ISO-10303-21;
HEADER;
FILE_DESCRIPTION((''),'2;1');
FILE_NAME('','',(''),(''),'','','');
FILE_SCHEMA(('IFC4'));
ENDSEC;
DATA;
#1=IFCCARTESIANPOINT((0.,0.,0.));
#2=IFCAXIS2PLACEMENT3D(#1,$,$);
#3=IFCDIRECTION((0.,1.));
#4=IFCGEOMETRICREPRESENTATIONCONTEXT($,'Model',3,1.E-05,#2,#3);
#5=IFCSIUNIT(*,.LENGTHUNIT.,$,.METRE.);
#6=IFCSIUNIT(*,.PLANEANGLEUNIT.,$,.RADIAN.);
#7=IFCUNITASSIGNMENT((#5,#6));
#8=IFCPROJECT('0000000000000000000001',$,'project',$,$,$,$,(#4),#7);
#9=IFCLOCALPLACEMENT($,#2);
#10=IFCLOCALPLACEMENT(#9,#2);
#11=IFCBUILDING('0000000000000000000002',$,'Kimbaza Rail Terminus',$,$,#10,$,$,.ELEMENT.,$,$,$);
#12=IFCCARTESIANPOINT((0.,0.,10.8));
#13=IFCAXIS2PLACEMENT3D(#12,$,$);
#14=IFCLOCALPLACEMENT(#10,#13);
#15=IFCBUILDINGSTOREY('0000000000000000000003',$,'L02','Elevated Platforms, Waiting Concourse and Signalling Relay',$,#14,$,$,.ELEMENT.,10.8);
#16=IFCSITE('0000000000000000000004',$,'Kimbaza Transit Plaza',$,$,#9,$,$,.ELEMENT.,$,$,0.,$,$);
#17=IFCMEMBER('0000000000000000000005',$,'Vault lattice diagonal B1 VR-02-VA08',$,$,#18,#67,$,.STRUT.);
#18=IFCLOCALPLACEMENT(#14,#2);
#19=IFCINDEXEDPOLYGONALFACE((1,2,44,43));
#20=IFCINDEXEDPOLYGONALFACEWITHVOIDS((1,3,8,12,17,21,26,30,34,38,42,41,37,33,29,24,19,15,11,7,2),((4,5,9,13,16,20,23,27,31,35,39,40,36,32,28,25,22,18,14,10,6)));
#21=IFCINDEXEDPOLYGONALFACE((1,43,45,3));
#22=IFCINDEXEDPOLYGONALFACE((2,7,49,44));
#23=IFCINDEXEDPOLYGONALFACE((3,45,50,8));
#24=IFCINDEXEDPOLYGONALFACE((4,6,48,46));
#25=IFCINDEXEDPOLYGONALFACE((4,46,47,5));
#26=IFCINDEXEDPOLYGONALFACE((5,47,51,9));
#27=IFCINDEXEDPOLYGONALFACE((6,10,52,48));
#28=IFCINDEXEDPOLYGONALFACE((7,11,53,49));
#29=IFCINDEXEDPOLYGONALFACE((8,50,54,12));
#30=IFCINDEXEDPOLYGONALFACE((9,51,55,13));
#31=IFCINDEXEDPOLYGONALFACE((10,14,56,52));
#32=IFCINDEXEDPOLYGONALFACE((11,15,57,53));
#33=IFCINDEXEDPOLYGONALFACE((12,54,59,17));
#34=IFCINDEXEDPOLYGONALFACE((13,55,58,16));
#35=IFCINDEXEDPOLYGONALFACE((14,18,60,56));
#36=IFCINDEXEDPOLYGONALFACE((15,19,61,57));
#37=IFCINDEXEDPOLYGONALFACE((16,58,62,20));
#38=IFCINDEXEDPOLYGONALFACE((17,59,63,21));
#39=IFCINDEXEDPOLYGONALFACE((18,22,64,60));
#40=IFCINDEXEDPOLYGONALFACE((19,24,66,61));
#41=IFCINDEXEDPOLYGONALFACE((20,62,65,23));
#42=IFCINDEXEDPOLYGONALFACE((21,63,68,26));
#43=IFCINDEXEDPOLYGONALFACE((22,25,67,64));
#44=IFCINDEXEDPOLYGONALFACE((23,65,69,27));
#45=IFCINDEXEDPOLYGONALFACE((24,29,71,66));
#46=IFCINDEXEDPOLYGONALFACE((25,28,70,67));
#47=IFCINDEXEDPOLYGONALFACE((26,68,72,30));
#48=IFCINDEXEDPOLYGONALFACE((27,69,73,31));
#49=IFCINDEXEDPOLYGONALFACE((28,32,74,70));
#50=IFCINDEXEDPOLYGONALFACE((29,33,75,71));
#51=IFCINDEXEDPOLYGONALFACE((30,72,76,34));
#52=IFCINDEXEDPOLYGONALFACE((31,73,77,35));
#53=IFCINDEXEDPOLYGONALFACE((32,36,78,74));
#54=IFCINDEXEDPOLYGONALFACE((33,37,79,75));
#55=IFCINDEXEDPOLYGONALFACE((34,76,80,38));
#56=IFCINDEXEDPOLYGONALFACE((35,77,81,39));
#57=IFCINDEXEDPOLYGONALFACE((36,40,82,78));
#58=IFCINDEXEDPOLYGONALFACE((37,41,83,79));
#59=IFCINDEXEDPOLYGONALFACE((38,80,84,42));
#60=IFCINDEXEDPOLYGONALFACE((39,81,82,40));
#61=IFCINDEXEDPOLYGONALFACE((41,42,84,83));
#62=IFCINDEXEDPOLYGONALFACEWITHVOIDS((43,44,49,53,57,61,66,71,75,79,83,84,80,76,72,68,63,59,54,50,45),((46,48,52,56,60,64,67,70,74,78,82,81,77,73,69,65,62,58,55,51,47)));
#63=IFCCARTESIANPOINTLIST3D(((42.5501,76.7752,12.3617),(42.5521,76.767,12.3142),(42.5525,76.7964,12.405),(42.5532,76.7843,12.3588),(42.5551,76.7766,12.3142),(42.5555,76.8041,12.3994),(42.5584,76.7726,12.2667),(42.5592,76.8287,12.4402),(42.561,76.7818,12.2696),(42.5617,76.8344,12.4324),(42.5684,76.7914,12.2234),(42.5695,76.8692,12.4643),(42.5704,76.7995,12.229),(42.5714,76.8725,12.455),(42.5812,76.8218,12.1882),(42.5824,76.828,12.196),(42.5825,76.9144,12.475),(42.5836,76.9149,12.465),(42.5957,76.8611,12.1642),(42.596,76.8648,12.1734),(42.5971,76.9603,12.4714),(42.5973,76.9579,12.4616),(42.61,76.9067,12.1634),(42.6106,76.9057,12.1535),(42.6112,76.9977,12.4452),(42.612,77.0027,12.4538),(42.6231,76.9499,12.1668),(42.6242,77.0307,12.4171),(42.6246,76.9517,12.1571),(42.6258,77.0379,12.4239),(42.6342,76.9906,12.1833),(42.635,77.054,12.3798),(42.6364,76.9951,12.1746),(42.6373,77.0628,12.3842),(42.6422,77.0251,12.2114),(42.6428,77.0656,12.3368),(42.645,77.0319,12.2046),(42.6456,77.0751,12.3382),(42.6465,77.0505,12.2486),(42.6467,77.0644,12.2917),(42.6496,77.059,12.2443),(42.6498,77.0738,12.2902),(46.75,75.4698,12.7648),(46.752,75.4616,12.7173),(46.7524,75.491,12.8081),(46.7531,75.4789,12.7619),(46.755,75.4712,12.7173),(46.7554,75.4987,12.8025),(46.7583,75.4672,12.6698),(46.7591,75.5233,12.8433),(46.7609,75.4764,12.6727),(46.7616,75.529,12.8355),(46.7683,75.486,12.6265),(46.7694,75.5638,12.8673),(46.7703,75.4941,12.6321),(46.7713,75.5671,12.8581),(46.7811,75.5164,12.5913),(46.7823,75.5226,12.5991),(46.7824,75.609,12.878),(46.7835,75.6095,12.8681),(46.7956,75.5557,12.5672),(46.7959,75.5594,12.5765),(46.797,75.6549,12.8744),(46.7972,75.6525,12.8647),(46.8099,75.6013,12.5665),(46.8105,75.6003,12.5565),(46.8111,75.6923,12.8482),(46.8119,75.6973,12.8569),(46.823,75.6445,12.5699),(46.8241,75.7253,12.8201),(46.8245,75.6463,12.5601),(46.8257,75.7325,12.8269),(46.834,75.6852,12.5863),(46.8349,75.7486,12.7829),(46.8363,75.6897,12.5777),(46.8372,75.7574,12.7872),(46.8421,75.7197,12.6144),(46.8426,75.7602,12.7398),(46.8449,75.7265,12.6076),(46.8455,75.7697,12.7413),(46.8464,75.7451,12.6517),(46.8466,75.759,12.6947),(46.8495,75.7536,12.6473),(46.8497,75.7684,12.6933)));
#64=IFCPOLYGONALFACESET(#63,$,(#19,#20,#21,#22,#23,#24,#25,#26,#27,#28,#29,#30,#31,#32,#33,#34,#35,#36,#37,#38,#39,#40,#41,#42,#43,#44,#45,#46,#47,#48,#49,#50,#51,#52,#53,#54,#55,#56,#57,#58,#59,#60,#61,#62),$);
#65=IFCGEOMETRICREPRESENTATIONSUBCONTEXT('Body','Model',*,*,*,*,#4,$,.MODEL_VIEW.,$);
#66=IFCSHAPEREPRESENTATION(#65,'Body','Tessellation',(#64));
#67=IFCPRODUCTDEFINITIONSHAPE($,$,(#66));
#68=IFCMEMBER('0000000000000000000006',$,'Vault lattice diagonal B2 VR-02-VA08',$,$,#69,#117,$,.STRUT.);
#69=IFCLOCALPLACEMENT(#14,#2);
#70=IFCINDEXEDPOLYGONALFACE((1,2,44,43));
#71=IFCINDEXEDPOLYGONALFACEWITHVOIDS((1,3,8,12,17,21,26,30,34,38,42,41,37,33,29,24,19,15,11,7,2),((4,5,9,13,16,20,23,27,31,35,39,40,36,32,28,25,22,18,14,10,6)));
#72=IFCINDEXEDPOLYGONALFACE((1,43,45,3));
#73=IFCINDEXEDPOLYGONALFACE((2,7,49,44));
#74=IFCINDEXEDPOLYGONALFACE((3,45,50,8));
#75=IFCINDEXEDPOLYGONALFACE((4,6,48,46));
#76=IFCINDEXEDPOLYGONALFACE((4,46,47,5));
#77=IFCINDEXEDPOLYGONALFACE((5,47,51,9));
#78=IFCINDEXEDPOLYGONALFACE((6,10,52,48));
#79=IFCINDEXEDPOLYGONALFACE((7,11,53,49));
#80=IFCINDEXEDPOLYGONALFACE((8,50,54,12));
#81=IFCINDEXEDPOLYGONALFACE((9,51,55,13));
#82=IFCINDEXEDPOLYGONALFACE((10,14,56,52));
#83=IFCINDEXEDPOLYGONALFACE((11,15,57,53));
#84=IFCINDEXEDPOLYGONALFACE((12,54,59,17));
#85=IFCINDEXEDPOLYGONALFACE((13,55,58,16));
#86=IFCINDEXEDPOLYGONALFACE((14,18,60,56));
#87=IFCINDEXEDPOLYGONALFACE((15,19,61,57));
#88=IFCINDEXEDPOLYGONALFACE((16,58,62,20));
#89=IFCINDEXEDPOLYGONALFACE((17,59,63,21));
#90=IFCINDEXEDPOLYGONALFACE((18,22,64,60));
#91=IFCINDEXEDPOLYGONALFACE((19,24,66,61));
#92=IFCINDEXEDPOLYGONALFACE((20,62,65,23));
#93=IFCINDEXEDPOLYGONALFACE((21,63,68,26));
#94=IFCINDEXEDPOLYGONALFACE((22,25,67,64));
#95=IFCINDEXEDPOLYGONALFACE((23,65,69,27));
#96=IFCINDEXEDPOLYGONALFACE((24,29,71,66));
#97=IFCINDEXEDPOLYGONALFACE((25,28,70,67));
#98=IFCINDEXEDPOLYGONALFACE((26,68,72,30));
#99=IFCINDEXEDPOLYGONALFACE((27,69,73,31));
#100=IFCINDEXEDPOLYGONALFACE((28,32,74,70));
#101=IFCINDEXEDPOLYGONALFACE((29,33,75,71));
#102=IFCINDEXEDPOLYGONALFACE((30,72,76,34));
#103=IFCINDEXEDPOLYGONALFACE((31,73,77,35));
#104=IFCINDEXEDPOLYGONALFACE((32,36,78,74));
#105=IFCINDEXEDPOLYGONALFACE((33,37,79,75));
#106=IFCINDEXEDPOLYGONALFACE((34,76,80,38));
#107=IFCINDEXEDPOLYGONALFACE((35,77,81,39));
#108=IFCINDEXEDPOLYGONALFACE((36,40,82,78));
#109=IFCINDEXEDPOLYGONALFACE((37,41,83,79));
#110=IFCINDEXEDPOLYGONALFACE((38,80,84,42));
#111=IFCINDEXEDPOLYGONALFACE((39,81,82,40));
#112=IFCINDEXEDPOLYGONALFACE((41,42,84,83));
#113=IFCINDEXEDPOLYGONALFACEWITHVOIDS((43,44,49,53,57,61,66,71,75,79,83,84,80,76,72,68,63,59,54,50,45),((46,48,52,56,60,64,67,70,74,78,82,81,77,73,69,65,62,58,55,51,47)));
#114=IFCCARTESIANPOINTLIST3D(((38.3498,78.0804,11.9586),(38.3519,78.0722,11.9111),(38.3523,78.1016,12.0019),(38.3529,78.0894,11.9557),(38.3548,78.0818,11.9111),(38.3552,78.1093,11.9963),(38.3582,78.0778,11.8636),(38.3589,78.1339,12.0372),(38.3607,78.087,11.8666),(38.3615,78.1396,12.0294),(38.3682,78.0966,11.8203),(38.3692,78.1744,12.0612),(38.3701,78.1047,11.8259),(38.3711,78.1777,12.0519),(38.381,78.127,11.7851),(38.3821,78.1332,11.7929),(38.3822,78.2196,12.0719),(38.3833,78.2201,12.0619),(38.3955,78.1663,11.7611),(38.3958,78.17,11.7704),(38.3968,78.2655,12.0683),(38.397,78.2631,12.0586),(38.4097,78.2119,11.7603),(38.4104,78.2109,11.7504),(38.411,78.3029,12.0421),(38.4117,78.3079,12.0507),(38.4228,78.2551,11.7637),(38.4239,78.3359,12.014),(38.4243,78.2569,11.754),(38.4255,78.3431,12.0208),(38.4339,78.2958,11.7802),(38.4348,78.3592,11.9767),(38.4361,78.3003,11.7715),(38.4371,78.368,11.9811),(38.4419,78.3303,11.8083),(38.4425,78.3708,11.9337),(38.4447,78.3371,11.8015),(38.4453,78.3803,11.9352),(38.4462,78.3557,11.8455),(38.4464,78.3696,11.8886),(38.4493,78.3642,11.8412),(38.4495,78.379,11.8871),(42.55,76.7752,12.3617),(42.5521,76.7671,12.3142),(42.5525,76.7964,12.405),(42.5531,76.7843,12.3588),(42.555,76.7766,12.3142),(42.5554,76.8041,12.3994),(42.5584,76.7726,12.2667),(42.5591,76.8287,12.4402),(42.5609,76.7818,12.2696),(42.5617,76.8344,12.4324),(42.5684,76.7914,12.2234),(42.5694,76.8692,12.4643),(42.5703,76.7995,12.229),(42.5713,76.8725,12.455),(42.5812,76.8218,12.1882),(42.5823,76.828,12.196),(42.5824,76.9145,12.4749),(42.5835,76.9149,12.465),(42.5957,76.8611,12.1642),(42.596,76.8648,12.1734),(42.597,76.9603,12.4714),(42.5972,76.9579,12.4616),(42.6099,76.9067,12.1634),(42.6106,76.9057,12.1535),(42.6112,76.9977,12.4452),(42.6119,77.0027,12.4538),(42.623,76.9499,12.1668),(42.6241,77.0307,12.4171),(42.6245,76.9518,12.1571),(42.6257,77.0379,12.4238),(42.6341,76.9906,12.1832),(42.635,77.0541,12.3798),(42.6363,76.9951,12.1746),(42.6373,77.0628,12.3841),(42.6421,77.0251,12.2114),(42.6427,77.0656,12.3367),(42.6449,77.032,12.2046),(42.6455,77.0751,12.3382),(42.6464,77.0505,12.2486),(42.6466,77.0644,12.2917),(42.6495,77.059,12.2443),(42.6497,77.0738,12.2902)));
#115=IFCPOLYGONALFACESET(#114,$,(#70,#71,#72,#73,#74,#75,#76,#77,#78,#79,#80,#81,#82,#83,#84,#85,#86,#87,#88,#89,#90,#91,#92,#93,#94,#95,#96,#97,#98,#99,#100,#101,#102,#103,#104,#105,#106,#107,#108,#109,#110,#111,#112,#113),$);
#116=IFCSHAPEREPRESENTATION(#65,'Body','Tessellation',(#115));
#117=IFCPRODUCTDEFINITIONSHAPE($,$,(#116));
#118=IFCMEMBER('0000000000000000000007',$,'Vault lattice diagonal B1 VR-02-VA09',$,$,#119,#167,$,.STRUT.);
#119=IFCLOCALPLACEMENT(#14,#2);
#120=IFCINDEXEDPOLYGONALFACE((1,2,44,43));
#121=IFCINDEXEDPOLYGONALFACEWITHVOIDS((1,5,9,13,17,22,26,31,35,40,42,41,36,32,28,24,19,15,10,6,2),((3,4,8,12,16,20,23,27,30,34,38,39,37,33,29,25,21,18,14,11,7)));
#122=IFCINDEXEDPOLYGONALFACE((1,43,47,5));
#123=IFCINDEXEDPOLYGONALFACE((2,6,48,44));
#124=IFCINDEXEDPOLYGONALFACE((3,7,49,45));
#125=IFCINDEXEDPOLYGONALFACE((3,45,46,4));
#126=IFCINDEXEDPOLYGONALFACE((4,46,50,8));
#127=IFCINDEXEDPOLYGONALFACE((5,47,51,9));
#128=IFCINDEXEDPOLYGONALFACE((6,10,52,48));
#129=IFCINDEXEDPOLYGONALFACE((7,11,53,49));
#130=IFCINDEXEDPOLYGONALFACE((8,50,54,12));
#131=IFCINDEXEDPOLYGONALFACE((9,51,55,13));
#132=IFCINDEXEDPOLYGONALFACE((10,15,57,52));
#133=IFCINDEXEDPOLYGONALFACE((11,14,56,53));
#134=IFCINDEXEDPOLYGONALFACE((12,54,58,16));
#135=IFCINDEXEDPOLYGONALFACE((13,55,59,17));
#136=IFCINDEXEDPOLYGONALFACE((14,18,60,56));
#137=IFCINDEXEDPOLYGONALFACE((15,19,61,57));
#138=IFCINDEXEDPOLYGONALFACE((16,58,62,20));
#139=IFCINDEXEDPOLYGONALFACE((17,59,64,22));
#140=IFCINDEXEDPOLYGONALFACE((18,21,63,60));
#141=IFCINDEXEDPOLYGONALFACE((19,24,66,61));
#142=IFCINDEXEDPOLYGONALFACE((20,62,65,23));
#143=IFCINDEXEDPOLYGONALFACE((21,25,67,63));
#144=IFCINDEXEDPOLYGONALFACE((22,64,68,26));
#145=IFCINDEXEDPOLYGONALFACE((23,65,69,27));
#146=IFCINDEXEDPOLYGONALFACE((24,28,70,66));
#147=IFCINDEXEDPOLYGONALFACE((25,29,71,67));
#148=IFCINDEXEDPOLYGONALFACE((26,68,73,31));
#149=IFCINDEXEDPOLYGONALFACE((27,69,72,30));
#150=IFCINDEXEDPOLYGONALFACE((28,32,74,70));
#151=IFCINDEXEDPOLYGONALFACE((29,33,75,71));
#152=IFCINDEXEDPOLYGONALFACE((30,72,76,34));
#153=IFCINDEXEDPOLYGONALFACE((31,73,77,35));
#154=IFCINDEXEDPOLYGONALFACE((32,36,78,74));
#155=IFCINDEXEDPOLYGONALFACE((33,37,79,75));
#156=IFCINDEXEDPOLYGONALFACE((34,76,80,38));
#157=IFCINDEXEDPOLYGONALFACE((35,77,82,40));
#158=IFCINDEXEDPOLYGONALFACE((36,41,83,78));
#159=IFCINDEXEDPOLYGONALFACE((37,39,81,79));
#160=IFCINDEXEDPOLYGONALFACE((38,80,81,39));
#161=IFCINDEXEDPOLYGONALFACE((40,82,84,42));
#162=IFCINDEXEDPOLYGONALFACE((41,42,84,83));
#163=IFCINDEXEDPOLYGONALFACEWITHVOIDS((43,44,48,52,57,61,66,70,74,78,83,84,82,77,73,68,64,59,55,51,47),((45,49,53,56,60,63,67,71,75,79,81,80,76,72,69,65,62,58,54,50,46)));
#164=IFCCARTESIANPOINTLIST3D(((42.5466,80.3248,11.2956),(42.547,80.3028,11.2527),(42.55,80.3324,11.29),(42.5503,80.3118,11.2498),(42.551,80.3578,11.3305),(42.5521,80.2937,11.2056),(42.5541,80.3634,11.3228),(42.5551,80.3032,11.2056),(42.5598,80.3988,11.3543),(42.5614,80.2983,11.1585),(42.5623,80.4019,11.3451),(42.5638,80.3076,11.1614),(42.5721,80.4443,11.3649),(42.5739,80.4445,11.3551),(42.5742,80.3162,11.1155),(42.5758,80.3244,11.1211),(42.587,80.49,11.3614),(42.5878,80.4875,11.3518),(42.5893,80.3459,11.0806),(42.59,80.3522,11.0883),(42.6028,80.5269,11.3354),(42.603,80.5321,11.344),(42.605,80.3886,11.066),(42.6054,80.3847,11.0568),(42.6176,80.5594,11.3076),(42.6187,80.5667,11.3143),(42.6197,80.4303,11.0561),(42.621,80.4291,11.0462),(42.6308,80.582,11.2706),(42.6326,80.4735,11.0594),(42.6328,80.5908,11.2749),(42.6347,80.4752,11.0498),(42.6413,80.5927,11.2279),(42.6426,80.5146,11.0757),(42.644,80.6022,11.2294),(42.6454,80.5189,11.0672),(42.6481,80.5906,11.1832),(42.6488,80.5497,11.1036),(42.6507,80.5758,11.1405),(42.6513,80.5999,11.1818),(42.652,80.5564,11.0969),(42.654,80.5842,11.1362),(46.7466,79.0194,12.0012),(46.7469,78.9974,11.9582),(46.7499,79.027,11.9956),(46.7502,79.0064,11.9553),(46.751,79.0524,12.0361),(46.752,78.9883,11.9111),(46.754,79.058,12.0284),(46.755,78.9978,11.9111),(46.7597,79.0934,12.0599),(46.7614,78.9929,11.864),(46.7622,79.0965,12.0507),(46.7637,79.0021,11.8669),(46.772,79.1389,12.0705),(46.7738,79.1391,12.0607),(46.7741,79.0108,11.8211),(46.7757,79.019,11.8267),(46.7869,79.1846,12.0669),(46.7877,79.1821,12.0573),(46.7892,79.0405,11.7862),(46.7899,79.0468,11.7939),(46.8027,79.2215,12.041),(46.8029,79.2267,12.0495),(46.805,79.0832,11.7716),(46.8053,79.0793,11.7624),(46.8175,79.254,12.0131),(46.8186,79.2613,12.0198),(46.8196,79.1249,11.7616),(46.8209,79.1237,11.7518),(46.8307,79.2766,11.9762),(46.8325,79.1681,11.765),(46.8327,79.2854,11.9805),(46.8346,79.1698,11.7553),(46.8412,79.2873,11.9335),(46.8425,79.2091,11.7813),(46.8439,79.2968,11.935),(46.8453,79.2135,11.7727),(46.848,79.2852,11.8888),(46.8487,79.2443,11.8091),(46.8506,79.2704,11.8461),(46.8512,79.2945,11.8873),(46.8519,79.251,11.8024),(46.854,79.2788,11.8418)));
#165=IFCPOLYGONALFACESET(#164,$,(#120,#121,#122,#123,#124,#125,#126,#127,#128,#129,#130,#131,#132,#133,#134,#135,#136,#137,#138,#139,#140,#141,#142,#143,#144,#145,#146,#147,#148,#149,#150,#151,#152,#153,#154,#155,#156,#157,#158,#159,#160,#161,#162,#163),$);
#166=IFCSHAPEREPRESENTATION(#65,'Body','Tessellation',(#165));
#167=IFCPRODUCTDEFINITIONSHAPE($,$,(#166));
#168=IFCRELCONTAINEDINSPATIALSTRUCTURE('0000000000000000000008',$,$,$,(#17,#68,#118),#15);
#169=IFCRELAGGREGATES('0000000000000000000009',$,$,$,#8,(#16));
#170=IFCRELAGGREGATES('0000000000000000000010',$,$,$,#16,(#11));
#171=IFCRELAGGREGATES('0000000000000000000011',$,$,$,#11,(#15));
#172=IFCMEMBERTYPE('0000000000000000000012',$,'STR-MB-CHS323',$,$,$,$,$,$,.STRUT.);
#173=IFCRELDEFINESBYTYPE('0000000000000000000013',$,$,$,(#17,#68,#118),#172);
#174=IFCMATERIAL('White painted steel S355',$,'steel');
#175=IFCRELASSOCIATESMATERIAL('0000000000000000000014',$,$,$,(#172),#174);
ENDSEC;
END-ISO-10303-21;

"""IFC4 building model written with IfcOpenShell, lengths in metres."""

from ifc_helpers import new_model, si_unit, direction, frame, origin, origin_2d, place, context, subcontext, project, spatial, hollow_circle, extrude, material, material_profile, profile_set, type_object, element, save


model = new_model("IFC4")

# Units and contexts
model_context = context("Model", 3, precision=1e-05, world=origin(), true_north=direction((0.0, 1.0)))
body_context = subcontext(model_context, "Body", "Model", "MODEL_VIEW")
ifc_project = project(units=[si_unit("LENGTHUNIT", "METRE"), si_unit("PLANEANGLEUNIT", "RADIAN")], contexts=[model_context])

# Site, building, storey
site_placement = place(None, origin())
site = spatial("IfcSite", under=ifc_project, at=site_placement, Name="Kimbaza Transit Plaza", CompositionType="ELEMENT", RefElevation=0.0)
building_placement = place(site_placement, origin())
building = spatial("IfcBuilding", under=site, at=building_placement, Name="Kimbaza Rail Terminus", CompositionType="ELEMENT")
storey_placement = place(building_placement, frame((0.0, 0.0, 10.8)))
storey = spatial("IfcBuildingStorey", under=building, at=storey_placement, Name="L02", Description="Elevated Platforms, Waiting Concourse and Signalling Relay", CompositionType="ELEMENT", Elevation=10.8)

# Members
ifc_material_1 = material(Name="White painted steel S355", Category="steel")
ifc_material_profile_1 = material_profile(ifc_material_1, hollow_circle(Radius=0.1619, WallThickness=0.01, at=origin_2d()), Name="CHS 323.9x10")
ifc_profile_set_1 = profile_set([ifc_material_profile_1], Name="White painted steel S355")
member_type_1 = type_object("IfcMemberType", Name="STR-MB-CHS323", PredefinedType="STRUT", material=ifc_profile_set_1)
member_1_placement = place(storey_placement, frame((46.8, 75.6162, 12.7173), z_axis=(-0.950951, 0.295573, -0.091264), x_axis=(-0.296811, -0.954936, 0.0)))
element("IfcMember", 1, at=member_1_placement, inside=storey, type_object=member_type_1, Name="Vault lattice diagonal B1 VR-02-VA08", PredefinedType="STRUT", context=body_context, shape_type="SweptSolid", body=[
    extrude(hollow_circle(Radius=0.1619, WallThickness=0.01, at=origin_2d()), origin(), (0.0, 0.0, 1.0), 4.4165),
])
member_2_placement = place(storey_placement, frame((42.6001, 76.9216, 12.3142), z_axis=(-0.950972, 0.295507, -0.091261), x_axis=(-0.296745, -0.954957, 0.0)))
element("IfcMember", 2, at=member_2_placement, inside=storey, type_object=member_type_1, Name="Vault lattice diagonal B2 VR-02-VA08", PredefinedType="STRUT", context=body_context, shape_type="SweptSolid", body=[
    extrude(hollow_circle(Radius=0.1619, WallThickness=0.01, at=origin_2d()), origin(), (0.0, 0.0, 1.0), 4.4167),
])
member_3_placement = place(storey_placement, frame((46.8, 79.1428, 11.9111), z_axis=(-0.94288, 0.293064, -0.158398), x_axis=(-0.296811, -0.954936, 0.0)))
element("IfcMember", 3, at=member_3_placement, inside=storey, type_object=member_type_1, Name="Vault lattice diagonal B1 VR-02-VA09", PredefinedType="STRUT", context=body_context, shape_type="SweptSolid", body=[
    extrude(hollow_circle(Radius=0.1619, WallThickness=0.01, at=origin_2d()), origin(), (0.0, 0.0, 1.0), 4.4543),
])

save(model, "model.ifc")
